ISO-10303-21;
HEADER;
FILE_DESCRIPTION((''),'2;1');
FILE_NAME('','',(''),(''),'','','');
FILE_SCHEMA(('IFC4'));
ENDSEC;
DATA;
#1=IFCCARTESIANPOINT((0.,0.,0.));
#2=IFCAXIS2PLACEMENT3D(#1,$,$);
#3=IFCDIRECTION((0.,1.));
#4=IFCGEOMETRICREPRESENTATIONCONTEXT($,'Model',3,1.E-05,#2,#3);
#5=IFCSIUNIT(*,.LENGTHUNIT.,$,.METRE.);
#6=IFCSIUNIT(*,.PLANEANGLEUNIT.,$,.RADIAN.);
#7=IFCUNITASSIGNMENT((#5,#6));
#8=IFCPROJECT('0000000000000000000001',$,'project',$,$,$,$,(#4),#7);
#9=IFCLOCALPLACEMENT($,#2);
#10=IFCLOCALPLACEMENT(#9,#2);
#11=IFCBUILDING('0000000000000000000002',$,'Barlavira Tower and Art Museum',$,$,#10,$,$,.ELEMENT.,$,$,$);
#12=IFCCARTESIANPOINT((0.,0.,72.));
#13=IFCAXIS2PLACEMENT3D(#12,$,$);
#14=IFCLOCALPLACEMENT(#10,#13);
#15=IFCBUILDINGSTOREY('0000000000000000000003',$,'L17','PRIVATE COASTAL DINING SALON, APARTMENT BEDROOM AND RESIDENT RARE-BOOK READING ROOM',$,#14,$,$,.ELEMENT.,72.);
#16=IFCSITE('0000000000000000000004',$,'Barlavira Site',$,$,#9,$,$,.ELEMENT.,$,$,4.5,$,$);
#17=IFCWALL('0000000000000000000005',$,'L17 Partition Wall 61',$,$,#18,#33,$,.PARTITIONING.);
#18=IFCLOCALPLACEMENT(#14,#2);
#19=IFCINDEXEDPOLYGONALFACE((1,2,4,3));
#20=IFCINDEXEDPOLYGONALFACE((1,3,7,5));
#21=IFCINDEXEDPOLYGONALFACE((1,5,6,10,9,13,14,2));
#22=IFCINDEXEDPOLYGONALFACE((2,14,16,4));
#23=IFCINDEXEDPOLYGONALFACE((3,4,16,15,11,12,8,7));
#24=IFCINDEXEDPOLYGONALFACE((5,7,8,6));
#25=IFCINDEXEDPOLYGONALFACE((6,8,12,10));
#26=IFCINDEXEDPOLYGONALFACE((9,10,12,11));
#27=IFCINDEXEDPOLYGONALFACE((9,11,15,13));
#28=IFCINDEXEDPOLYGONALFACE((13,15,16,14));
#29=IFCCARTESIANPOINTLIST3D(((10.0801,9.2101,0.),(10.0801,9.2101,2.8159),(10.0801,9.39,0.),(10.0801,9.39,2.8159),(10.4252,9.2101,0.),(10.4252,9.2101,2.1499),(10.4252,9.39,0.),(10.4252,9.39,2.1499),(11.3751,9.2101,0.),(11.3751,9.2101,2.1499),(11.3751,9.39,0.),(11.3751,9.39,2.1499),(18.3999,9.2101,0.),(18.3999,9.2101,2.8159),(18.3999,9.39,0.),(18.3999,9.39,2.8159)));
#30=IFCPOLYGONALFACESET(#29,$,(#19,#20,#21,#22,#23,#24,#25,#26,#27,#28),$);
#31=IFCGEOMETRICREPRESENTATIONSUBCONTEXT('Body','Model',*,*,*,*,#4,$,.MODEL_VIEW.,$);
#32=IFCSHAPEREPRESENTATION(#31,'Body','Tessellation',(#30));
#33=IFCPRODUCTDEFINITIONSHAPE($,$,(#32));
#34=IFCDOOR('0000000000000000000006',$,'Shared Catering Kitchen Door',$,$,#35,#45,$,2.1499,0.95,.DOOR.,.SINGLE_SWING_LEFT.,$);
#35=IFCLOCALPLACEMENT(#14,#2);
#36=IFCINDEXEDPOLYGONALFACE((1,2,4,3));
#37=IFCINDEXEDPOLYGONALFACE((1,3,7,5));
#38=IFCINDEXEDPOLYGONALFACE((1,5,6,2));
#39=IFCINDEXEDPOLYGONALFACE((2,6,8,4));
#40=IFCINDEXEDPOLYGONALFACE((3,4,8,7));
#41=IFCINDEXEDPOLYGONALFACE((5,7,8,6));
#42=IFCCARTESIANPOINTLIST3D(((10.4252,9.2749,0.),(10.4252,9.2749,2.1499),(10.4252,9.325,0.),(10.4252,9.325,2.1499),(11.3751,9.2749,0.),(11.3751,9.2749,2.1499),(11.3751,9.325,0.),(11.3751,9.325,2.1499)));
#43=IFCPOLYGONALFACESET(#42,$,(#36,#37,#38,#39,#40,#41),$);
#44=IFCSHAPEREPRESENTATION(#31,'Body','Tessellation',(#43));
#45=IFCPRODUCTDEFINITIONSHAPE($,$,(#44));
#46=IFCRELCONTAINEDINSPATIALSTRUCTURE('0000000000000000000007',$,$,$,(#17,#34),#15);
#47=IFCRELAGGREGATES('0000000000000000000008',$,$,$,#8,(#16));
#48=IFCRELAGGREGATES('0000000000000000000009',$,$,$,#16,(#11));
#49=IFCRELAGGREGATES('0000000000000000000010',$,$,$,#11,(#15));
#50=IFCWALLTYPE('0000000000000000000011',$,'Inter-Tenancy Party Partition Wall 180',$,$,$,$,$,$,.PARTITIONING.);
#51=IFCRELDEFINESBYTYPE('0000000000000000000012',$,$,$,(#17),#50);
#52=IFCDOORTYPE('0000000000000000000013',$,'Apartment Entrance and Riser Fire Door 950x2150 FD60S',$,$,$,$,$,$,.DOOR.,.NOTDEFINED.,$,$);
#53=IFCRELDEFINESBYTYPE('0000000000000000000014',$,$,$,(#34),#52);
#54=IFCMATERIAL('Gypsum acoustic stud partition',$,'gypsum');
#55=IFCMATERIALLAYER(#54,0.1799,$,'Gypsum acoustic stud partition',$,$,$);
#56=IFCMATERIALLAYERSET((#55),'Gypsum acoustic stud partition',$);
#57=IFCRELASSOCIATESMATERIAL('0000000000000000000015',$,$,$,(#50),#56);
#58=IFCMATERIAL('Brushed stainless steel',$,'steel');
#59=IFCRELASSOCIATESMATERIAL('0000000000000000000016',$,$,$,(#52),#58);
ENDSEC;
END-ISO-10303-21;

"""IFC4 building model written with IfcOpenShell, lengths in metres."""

from ifc_helpers import new_model, si_unit, direction, frame, frame_2d, origin, place, context, subcontext, project, spatial, rectangle, extrude, material, layer, layer_set, type_object, element, fill, save


model = new_model("IFC4")

# Units and contexts
model_context = context("Model", 3, precision=1e-05, world=origin(), true_north=direction((0.0, 1.0)))
body_context = subcontext(model_context, "Body", "Model", "MODEL_VIEW")
ifc_project = project(units=[si_unit("LENGTHUNIT", "METRE"), si_unit("PLANEANGLEUNIT", "RADIAN")], contexts=[model_context])

# Site, building, storey
site_placement = place(None, origin())
site = spatial("IfcSite", under=ifc_project, at=site_placement, Name="Barlavira Site", CompositionType="ELEMENT", RefElevation=4.5)
building_placement = place(site_placement, origin())
building = spatial("IfcBuilding", under=site, at=building_placement, Name="Barlavira Tower and Art Museum", CompositionType="ELEMENT")
storey_placement = place(building_placement, frame((0.0, 0.0, 72.0)))
storey = spatial("IfcBuildingStorey", under=building, at=storey_placement, Name="L17", Description="PRIVATE COASTAL DINING SALON, APARTMENT BEDROOM AND RESIDENT RARE-BOOK READING ROOM", CompositionType="ELEMENT", Elevation=72.0)

# Shared definitions
ifc_material_1 = material(Name="Gypsum acoustic stud partition", Category="gypsum")
ifc_layer_1 = layer(ifc_material_1, 0.1799, Name="Gypsum acoustic stud partition")
ifc_layer_set_1 = layer_set([ifc_layer_1], Name="Gypsum acoustic stud partition")
wall_type = type_object("IfcWallType", Name="Inter-Tenancy Party Partition Wall 180", PredefinedType="PARTITIONING", material=ifc_layer_set_1)

# Wall, opening, door
wall_1_placement = place(storey_placement, frame((10.0801, 9.3, 0.0), z_axis=(0.0, 0.0, 1.0), x_axis=(1.0, 0.0, 0.0)))
wall_1 = element("IfcWall", 1, at=wall_1_placement, inside=storey, type_object=wall_type, Name="L17 Partition Wall 61", PredefinedType="PARTITIONING", context=body_context, shape_type="SweptSolid", body=[
    extrude(rectangle(XDim=8.3198, YDim=0.1799, at=frame_2d((4.1599, 0.0))), origin(), (0.0, 0.0, 1.0), 2.8159),
])
opening_placement = place(wall_1_placement, frame((0.345, 0.0, 0.0)))
opening = element("IfcOpeningElement", 2, at=opening_placement, cuts=wall_1, PredefinedType="OPENING", context=body_context, shape_type="SweptSolid", body=[
    extrude(rectangle(XDim=0.95, YDim=2.1499, at=frame_2d((0.4751, 1.075))), frame((0.0, 0.1001, 0.0), z_axis=(0.0, -1.0, 0.0), x_axis=(1.0, 0.0, 0.0)), (0.0, 0.0, 1.0), 0.2),
])
ifc_material_2 = material(Name="Brushed stainless steel", Category="steel")
door_type = type_object("IfcDoorType", Name="Apartment Entrance and Riser Fire Door 950x2150 FD60S", OperationType="NOTDEFINED", PredefinedType="DOOR", material=ifc_material_2)
door_placement = place(opening_placement, origin())
door = element("IfcDoor", 3, at=door_placement, inside=storey, type_object=door_type, Name="Shared Catering Kitchen Door", OperationType="SINGLE_SWING_LEFT", OverallHeight=2.1499, OverallWidth=0.95, PredefinedType="DOOR", context=body_context, shape_type="SweptSolid", body=[
    extrude(rectangle(XDim=0.95, YDim=2.1499, at=frame_2d((0.4751, 1.075))), frame((0.0, 0.0249, 0.0), z_axis=(0.0, -1.0, 0.0), x_axis=(1.0, 0.0, 0.0)), (0.0, 0.0, 1.0), 0.05),
])
fill(opening, door)

save(model, "model.ifc")
